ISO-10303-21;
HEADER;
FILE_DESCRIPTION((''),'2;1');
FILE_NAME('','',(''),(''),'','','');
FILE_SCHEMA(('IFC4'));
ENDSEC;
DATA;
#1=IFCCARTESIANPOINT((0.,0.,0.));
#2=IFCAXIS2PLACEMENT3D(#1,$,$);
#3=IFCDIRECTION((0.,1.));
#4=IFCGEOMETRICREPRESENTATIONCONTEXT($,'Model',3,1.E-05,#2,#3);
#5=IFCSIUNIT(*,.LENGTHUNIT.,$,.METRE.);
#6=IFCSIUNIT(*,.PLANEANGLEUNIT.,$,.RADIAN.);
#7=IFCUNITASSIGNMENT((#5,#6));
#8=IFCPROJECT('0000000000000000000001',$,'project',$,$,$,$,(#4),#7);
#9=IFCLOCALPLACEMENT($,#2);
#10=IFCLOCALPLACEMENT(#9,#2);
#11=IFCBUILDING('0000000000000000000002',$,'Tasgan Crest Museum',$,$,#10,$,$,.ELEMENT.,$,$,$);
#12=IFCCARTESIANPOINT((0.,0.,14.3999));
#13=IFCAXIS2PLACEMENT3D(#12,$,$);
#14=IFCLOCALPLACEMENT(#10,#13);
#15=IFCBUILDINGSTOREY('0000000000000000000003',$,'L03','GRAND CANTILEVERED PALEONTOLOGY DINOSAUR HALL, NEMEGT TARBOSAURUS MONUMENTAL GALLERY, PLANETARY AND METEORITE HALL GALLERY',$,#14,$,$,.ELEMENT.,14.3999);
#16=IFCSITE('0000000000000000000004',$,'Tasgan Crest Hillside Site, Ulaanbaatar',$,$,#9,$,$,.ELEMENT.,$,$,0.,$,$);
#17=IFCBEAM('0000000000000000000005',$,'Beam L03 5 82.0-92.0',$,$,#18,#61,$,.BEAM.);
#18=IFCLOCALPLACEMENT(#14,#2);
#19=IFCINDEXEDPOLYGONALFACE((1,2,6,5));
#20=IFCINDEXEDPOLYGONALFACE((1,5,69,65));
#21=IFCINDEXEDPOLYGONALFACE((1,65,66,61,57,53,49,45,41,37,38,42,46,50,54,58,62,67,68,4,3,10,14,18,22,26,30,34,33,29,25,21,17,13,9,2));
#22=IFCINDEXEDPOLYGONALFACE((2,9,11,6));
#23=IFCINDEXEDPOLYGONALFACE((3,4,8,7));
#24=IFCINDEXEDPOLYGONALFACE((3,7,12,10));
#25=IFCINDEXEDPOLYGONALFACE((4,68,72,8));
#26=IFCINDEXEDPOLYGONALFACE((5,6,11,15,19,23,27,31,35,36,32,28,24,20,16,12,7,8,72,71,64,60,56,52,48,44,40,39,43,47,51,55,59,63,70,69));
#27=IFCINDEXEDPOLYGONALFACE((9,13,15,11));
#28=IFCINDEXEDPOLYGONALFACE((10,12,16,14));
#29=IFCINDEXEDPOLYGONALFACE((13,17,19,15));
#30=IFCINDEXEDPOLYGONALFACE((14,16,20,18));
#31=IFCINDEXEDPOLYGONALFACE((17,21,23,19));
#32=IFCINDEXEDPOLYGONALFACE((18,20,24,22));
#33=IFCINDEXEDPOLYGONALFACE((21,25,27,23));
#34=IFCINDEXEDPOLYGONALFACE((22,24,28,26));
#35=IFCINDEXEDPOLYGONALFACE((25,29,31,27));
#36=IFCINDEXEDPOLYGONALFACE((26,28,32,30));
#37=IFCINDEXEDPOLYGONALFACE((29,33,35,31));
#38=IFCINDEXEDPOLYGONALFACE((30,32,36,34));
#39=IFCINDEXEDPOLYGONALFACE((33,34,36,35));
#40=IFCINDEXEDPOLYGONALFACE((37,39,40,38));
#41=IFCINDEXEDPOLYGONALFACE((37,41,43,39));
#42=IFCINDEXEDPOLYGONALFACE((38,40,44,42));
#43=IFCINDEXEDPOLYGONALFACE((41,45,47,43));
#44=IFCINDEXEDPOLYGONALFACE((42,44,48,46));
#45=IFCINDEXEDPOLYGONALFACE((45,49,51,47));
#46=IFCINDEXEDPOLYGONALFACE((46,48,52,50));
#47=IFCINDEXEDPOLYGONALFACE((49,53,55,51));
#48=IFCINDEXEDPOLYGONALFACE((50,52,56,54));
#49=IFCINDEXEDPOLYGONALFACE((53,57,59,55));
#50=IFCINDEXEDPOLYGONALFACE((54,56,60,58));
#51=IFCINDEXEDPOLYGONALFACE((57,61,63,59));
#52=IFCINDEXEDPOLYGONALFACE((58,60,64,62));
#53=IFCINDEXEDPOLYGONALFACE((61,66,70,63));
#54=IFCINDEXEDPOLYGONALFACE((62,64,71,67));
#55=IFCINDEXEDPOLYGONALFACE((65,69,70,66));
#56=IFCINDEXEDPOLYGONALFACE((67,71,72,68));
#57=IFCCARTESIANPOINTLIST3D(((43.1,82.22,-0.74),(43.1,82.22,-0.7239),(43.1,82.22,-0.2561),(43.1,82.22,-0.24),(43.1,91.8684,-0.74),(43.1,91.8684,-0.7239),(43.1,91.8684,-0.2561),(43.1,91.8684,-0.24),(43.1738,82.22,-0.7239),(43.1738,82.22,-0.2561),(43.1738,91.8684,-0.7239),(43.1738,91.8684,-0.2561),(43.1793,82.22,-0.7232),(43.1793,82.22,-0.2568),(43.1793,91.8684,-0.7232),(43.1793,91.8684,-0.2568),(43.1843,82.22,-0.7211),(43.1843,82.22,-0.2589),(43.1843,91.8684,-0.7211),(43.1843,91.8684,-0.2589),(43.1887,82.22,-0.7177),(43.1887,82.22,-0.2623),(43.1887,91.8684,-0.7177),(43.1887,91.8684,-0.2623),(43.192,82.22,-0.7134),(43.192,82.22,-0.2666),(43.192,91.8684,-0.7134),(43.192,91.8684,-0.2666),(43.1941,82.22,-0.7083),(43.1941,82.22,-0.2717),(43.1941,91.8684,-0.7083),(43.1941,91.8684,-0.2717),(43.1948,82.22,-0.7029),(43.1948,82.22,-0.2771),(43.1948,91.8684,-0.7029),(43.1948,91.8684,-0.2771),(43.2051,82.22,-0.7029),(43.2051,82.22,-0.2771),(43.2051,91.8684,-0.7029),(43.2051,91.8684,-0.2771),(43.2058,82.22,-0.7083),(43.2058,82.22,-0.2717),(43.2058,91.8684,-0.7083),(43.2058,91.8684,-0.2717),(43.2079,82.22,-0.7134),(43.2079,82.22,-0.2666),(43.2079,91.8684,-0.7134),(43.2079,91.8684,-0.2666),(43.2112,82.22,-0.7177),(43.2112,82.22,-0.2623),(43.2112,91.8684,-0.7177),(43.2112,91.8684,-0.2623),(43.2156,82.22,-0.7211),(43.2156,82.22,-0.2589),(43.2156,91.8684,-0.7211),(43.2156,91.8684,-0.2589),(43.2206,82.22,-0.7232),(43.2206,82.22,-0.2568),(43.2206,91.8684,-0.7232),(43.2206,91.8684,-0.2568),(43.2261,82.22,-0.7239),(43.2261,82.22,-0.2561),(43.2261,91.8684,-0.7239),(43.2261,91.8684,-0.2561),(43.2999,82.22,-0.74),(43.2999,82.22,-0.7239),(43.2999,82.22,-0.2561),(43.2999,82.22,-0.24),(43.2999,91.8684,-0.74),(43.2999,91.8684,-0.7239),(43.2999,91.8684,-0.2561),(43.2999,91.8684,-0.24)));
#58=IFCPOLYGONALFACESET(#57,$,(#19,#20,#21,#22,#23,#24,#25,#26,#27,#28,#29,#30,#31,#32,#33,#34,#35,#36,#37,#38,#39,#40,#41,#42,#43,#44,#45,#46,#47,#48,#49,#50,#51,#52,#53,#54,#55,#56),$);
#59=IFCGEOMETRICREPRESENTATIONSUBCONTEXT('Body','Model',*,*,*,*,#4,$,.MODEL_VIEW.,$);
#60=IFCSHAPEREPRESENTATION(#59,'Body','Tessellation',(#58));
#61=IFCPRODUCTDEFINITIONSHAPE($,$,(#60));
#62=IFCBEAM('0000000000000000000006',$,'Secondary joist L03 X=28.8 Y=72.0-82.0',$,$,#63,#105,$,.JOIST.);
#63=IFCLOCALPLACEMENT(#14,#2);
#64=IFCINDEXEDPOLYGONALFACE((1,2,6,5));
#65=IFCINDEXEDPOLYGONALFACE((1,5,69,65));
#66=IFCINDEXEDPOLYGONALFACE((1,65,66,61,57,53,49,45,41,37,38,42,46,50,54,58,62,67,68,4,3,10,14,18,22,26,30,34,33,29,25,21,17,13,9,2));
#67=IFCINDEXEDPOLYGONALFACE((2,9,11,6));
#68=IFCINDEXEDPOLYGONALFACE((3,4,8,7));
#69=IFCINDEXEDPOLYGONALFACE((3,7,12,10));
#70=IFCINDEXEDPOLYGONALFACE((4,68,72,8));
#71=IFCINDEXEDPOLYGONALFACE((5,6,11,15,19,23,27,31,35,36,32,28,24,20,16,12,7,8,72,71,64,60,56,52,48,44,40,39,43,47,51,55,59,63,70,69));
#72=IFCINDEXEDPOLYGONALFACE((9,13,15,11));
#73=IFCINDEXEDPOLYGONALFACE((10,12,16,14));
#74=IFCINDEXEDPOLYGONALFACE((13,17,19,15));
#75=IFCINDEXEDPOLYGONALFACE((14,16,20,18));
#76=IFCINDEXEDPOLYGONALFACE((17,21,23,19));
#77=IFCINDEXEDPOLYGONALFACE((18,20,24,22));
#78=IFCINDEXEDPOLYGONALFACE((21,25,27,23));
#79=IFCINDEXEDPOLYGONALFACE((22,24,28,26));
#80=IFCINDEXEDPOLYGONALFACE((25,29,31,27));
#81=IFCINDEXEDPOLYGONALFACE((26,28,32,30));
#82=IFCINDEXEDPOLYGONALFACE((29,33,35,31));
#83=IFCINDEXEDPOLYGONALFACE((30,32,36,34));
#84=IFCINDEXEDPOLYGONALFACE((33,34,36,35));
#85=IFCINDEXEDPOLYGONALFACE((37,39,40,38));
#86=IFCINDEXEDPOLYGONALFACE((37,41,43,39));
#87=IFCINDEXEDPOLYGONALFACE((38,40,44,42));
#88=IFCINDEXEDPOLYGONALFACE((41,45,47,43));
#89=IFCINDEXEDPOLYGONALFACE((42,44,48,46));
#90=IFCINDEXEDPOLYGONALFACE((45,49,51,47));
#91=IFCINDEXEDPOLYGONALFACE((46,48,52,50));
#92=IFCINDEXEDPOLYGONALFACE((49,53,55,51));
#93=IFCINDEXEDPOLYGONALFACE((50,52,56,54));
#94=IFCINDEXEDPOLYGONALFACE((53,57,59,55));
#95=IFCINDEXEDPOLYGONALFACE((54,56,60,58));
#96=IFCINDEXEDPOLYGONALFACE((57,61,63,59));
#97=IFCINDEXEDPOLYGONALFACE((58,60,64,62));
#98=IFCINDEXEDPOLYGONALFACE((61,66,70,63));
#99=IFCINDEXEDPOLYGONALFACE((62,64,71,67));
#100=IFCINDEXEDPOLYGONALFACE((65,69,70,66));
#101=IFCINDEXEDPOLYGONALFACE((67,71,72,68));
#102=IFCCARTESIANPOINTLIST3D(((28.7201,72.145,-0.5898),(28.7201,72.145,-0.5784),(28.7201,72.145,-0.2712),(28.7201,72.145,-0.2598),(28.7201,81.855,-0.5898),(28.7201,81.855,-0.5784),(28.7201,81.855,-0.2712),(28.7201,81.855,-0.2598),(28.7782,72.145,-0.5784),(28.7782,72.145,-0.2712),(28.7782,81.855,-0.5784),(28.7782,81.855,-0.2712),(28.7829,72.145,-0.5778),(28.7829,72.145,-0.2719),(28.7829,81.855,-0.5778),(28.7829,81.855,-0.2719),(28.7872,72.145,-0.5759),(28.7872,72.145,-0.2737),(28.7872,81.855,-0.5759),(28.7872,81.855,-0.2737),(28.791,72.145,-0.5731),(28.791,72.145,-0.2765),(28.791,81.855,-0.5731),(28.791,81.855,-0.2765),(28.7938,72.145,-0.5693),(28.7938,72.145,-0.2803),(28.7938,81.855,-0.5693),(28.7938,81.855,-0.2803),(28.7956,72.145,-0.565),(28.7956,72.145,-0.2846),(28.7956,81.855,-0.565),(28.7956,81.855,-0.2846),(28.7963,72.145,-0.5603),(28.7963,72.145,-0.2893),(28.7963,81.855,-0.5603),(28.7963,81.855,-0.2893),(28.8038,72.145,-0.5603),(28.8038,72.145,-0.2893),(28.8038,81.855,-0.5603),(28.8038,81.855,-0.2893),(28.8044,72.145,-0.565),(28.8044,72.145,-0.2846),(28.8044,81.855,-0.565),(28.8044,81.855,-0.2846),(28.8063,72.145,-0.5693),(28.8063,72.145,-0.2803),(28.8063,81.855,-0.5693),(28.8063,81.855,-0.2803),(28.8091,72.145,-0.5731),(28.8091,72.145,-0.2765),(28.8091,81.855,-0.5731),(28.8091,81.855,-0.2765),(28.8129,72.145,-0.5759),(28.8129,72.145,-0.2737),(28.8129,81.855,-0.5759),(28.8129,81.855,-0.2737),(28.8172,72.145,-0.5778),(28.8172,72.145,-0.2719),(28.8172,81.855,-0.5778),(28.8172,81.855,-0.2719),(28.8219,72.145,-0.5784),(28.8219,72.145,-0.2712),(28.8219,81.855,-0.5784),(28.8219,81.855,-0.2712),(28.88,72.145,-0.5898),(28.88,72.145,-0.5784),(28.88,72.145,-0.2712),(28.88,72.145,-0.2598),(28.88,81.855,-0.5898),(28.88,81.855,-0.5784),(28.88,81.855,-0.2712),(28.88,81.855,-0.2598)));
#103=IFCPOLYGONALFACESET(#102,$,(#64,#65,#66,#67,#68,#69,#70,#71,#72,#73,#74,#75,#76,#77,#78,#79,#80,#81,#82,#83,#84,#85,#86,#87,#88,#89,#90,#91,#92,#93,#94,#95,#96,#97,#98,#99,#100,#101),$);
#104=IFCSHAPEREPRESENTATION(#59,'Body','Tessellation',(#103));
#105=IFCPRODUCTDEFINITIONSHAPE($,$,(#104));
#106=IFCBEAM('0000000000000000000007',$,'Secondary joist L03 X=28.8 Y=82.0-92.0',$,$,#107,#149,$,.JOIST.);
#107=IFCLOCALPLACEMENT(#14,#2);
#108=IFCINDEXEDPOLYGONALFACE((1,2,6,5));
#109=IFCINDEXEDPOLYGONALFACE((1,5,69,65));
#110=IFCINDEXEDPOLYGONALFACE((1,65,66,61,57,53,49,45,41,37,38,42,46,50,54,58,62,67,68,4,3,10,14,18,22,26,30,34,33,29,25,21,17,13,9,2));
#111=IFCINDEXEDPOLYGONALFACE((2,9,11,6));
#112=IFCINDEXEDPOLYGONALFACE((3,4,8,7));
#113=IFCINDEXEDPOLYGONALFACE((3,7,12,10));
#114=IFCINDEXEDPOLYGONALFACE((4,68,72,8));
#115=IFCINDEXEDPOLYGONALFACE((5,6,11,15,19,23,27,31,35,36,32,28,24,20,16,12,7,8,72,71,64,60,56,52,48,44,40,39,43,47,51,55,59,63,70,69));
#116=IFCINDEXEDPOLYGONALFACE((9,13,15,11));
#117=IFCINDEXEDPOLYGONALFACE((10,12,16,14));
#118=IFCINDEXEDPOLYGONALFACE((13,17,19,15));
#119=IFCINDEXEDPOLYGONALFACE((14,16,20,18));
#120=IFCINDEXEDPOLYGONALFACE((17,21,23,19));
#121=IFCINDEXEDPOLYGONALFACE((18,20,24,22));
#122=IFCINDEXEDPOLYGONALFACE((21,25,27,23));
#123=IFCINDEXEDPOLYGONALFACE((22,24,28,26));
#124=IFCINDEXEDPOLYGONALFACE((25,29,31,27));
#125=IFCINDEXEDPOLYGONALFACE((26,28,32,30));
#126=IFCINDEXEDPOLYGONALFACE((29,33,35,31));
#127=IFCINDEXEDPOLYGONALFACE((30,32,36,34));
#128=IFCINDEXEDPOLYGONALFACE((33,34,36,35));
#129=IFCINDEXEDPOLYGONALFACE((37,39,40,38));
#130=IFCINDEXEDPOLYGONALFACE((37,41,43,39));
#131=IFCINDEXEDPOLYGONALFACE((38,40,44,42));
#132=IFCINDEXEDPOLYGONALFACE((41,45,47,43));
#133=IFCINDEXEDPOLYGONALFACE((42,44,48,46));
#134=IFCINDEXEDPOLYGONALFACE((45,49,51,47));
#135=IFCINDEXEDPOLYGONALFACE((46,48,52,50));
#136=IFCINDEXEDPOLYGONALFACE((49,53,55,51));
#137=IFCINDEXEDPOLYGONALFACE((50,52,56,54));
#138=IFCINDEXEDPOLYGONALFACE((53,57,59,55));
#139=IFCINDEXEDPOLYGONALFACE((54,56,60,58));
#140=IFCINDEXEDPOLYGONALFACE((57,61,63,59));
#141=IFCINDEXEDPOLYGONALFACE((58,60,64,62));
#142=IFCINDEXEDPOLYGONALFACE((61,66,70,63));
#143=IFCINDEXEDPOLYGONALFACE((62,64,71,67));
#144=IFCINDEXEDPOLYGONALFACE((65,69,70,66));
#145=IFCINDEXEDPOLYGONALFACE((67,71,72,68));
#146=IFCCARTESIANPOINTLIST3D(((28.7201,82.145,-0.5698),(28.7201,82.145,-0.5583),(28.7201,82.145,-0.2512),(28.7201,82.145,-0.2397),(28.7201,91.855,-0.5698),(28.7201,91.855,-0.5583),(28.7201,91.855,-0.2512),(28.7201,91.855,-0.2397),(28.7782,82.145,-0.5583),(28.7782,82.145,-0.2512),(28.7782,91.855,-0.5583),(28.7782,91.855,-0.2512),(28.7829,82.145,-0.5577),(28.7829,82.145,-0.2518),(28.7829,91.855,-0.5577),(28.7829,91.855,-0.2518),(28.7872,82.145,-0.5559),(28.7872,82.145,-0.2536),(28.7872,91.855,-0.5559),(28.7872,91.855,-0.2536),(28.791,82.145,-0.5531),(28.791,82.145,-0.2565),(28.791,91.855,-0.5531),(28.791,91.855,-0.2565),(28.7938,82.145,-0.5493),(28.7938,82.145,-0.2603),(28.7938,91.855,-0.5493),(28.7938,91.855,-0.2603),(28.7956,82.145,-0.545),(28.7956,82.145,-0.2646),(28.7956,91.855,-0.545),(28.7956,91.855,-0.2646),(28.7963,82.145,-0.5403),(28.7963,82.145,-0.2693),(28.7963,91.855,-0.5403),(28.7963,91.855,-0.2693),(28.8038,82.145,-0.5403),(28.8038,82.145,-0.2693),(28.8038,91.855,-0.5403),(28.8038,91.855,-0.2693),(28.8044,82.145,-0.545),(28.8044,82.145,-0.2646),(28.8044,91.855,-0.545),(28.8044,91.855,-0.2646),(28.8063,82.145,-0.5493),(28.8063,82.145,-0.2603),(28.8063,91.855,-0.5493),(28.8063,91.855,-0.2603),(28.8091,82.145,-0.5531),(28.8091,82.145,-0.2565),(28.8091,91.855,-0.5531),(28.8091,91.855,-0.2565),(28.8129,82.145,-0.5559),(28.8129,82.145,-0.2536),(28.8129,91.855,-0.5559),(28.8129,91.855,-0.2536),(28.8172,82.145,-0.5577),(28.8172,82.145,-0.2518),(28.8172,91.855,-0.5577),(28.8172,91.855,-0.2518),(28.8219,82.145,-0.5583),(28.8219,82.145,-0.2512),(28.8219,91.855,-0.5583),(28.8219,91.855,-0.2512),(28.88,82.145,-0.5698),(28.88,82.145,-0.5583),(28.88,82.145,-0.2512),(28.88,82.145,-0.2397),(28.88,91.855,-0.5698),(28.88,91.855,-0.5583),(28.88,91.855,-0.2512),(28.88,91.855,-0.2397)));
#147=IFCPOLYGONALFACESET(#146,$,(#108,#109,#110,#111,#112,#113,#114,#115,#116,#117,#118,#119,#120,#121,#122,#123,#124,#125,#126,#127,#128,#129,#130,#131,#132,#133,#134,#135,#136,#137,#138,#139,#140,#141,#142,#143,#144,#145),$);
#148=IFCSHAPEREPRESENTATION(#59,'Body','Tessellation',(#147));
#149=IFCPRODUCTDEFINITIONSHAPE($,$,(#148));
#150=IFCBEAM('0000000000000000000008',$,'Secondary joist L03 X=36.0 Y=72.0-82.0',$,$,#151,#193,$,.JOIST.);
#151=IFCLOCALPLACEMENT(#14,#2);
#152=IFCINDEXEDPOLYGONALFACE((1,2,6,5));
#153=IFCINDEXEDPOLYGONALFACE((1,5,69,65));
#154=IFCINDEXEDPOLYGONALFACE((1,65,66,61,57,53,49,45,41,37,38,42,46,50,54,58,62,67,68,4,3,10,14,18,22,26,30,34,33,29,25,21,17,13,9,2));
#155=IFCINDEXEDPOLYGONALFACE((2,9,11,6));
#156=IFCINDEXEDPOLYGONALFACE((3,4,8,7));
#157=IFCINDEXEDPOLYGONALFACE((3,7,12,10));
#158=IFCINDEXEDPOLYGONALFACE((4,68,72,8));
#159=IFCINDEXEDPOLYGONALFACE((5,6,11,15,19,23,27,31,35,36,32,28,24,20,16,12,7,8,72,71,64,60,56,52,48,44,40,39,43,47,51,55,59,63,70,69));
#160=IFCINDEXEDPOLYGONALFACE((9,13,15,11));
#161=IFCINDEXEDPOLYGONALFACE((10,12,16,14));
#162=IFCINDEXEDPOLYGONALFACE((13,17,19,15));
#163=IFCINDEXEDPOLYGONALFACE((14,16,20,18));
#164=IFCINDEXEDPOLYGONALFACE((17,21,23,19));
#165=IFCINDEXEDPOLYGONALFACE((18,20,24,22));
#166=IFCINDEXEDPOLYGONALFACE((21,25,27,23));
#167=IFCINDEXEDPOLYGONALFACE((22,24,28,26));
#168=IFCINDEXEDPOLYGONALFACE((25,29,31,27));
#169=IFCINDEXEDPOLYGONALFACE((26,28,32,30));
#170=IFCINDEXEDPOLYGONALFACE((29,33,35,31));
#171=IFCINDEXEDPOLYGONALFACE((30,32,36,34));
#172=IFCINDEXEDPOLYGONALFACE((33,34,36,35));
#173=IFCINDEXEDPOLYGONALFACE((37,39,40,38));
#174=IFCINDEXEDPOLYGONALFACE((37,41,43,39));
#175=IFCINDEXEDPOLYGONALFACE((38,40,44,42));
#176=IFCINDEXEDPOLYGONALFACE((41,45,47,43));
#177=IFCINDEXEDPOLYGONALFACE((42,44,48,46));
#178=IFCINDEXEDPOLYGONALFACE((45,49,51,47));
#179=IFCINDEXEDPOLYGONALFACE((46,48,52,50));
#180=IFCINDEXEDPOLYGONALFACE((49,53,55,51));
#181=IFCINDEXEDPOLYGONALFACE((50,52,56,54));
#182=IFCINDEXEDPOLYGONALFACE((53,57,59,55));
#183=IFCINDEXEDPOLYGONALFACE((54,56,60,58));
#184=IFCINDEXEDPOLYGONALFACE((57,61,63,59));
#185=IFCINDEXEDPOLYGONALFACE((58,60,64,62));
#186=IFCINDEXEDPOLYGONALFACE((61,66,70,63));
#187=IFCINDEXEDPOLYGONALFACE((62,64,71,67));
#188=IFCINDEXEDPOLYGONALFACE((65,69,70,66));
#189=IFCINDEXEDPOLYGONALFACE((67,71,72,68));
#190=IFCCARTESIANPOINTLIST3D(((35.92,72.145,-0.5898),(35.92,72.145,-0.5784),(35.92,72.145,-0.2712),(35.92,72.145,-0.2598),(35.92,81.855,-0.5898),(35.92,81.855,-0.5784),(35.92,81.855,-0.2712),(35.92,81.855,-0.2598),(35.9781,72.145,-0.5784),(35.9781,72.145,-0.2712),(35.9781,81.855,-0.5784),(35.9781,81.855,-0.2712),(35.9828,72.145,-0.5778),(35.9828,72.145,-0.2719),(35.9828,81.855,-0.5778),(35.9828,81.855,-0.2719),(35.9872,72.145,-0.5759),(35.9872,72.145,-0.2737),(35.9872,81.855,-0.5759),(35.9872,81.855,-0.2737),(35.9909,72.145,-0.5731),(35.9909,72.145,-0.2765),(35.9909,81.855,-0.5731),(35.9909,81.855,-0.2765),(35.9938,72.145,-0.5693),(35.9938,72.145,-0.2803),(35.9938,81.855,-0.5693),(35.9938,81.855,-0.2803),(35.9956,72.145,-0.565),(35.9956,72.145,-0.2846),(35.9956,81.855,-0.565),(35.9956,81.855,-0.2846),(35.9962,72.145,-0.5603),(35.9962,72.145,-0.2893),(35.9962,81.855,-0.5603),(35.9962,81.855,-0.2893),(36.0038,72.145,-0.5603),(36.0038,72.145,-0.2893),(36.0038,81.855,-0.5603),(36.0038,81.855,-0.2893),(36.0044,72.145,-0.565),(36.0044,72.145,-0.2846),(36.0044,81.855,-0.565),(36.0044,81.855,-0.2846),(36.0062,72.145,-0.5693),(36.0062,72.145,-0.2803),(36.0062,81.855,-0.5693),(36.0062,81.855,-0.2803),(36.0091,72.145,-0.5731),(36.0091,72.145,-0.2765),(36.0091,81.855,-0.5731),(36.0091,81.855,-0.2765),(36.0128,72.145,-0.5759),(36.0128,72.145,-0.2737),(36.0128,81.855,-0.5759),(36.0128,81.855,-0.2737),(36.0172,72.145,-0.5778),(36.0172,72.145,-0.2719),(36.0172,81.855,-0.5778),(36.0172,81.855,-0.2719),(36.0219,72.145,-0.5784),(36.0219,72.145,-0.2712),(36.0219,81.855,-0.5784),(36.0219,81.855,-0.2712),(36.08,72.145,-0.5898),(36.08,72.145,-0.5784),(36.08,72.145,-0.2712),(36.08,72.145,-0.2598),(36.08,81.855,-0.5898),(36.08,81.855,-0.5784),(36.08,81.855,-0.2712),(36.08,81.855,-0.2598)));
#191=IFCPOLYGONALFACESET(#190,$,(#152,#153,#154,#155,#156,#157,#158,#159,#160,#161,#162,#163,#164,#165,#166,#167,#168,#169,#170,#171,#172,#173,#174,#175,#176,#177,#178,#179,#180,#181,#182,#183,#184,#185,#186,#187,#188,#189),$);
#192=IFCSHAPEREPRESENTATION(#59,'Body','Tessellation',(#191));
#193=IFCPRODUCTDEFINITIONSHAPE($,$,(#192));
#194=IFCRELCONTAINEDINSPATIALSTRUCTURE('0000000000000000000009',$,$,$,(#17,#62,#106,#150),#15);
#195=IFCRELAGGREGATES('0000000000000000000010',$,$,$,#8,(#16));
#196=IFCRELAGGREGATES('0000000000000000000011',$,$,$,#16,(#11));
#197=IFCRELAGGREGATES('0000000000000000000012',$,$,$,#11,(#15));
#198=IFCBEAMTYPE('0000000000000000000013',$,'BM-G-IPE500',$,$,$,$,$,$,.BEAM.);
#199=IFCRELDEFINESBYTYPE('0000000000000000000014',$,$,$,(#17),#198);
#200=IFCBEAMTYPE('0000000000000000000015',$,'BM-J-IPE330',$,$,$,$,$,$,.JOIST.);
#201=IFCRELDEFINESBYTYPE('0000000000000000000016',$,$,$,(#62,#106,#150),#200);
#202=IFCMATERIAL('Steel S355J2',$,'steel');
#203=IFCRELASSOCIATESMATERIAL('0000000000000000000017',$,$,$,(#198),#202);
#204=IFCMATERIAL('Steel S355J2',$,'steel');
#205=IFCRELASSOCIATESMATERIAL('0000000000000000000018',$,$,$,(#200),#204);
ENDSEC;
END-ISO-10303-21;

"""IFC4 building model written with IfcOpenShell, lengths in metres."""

from ifc_helpers import new_model, si_unit, direction, frame, origin, origin_2d, place, context, subcontext, project, spatial, i_section, extrude, material, material_profile, profile_set, type_object, element, save


model = new_model("IFC4")

# Units and contexts
model_context = context("Model", 3, precision=1e-05, world=origin(), true_north=direction((0.0, 1.0)))
body_context = subcontext(model_context, "Body", "Model", "MODEL_VIEW")
ifc_project = project(units=[si_unit("LENGTHUNIT", "METRE"), si_unit("PLANEANGLEUNIT", "RADIAN")], contexts=[model_context])

# Site, building, storey
site_placement = place(None, origin())
site = spatial("IfcSite", under=ifc_project, at=site_placement, Name="Tasgan Crest Hillside Site, Ulaanbaatar", CompositionType="ELEMENT", RefElevation=0.0)
building_placement = place(site_placement, origin())
building = spatial("IfcBuilding", under=site, at=building_placement, Name="Tasgan Crest Museum", CompositionType="ELEMENT")
storey_placement = place(building_placement, frame((0.0, 0.0, 14.3999)))
storey = spatial("IfcBuildingStorey", under=building, at=storey_placement, Name="L03", Description="GRAND CANTILEVERED PALEONTOLOGY DINOSAUR HALL, NEMEGT TARBOSAURUS MONUMENTAL GALLERY, PLANETARY AND METEORITE HALL GALLERY", CompositionType="ELEMENT", Elevation=14.3999)

# Beams
ifc_material_1 = material(Name="Steel S355J2", Category="steel")
ifc_material_profile_1 = material_profile(ifc_material_1, i_section(OverallWidth=0.2, OverallDepth=0.5, WebThickness=0.0103, FlangeThickness=0.0161, FilletRadius=0.021, at=origin_2d()), Name="IPE 500")
ifc_profile_set_1 = profile_set([ifc_material_profile_1], Name="Steel S355J2")
beam_type_1 = type_object("IfcBeamType", Name="BM-G-IPE500", PredefinedType="BEAM", material=ifc_profile_set_1)
beam_1_placement = place(storey_placement, frame((43.2, 82.22, -0.49), z_axis=(0.0, 1.0, 0.0), x_axis=(-1.0, 0.0, 0.0)))
element("IfcBeam", 1, at=beam_1_placement, inside=storey, type_object=beam_type_1, Name="Beam L03 5 82.0-92.0", PredefinedType="BEAM", context=body_context, shape_type="SweptSolid", body=[
    extrude(i_section(OverallWidth=0.2, OverallDepth=0.5, WebThickness=0.0103, FlangeThickness=0.0161, FilletRadius=0.021, at=origin_2d()), origin(), (0.0, 0.0, 1.0), 9.6484),
])
ifc_material_2 = material(Name="Steel S355J2", Category="steel")
ifc_material_profile_2 = material_profile(ifc_material_2, i_section(OverallWidth=0.1599, OverallDepth=0.3301, WebThickness=0.0076, FlangeThickness=0.0115, FilletRadius=0.0181, at=origin_2d()), Name="IPE 330")
ifc_profile_set_2 = profile_set([ifc_material_profile_2], Name="Steel S355J2")
beam_type_2 = type_object("IfcBeamType", Name="BM-J-IPE330", PredefinedType="JOIST", material=ifc_profile_set_2)
for number, where, z_axis, x_axis, name in (
    (2, (28.8, 72.145, -0.4248), (0.0, 1.0, 0.0), (-1.0, 0.0, 0.0), "Secondary joist L03 X=28.8 Y=72.0-82.0"),
    (3, (28.8, 82.145, -0.4048), (0.0, 1.0, 0.0), (-1.0, 0.0, 0.0), "Secondary joist L03 X=28.8 Y=82.0-92.0"),
    (4, (36.0, 72.145, -0.4248), (0.0, 1.0, 0.0), (-1.0, 0.0, 0.0), "Secondary joist L03 X=36.0 Y=72.0-82.0"),
):
    element("IfcBeam", number, at=place(storey_placement, frame(where, z_axis=z_axis, x_axis=x_axis)), inside=storey, type_object=beam_type_2, Name=name, PredefinedType="JOIST", context=body_context, shape_type="SweptSolid", body=[
        extrude(i_section(OverallWidth=0.1599, OverallDepth=0.3301, WebThickness=0.0076, FlangeThickness=0.0115, FilletRadius=0.0181, at=origin_2d()), origin(), (0.0, 0.0, 1.0), 9.71),
    ])

save(model, "model.ifc")
